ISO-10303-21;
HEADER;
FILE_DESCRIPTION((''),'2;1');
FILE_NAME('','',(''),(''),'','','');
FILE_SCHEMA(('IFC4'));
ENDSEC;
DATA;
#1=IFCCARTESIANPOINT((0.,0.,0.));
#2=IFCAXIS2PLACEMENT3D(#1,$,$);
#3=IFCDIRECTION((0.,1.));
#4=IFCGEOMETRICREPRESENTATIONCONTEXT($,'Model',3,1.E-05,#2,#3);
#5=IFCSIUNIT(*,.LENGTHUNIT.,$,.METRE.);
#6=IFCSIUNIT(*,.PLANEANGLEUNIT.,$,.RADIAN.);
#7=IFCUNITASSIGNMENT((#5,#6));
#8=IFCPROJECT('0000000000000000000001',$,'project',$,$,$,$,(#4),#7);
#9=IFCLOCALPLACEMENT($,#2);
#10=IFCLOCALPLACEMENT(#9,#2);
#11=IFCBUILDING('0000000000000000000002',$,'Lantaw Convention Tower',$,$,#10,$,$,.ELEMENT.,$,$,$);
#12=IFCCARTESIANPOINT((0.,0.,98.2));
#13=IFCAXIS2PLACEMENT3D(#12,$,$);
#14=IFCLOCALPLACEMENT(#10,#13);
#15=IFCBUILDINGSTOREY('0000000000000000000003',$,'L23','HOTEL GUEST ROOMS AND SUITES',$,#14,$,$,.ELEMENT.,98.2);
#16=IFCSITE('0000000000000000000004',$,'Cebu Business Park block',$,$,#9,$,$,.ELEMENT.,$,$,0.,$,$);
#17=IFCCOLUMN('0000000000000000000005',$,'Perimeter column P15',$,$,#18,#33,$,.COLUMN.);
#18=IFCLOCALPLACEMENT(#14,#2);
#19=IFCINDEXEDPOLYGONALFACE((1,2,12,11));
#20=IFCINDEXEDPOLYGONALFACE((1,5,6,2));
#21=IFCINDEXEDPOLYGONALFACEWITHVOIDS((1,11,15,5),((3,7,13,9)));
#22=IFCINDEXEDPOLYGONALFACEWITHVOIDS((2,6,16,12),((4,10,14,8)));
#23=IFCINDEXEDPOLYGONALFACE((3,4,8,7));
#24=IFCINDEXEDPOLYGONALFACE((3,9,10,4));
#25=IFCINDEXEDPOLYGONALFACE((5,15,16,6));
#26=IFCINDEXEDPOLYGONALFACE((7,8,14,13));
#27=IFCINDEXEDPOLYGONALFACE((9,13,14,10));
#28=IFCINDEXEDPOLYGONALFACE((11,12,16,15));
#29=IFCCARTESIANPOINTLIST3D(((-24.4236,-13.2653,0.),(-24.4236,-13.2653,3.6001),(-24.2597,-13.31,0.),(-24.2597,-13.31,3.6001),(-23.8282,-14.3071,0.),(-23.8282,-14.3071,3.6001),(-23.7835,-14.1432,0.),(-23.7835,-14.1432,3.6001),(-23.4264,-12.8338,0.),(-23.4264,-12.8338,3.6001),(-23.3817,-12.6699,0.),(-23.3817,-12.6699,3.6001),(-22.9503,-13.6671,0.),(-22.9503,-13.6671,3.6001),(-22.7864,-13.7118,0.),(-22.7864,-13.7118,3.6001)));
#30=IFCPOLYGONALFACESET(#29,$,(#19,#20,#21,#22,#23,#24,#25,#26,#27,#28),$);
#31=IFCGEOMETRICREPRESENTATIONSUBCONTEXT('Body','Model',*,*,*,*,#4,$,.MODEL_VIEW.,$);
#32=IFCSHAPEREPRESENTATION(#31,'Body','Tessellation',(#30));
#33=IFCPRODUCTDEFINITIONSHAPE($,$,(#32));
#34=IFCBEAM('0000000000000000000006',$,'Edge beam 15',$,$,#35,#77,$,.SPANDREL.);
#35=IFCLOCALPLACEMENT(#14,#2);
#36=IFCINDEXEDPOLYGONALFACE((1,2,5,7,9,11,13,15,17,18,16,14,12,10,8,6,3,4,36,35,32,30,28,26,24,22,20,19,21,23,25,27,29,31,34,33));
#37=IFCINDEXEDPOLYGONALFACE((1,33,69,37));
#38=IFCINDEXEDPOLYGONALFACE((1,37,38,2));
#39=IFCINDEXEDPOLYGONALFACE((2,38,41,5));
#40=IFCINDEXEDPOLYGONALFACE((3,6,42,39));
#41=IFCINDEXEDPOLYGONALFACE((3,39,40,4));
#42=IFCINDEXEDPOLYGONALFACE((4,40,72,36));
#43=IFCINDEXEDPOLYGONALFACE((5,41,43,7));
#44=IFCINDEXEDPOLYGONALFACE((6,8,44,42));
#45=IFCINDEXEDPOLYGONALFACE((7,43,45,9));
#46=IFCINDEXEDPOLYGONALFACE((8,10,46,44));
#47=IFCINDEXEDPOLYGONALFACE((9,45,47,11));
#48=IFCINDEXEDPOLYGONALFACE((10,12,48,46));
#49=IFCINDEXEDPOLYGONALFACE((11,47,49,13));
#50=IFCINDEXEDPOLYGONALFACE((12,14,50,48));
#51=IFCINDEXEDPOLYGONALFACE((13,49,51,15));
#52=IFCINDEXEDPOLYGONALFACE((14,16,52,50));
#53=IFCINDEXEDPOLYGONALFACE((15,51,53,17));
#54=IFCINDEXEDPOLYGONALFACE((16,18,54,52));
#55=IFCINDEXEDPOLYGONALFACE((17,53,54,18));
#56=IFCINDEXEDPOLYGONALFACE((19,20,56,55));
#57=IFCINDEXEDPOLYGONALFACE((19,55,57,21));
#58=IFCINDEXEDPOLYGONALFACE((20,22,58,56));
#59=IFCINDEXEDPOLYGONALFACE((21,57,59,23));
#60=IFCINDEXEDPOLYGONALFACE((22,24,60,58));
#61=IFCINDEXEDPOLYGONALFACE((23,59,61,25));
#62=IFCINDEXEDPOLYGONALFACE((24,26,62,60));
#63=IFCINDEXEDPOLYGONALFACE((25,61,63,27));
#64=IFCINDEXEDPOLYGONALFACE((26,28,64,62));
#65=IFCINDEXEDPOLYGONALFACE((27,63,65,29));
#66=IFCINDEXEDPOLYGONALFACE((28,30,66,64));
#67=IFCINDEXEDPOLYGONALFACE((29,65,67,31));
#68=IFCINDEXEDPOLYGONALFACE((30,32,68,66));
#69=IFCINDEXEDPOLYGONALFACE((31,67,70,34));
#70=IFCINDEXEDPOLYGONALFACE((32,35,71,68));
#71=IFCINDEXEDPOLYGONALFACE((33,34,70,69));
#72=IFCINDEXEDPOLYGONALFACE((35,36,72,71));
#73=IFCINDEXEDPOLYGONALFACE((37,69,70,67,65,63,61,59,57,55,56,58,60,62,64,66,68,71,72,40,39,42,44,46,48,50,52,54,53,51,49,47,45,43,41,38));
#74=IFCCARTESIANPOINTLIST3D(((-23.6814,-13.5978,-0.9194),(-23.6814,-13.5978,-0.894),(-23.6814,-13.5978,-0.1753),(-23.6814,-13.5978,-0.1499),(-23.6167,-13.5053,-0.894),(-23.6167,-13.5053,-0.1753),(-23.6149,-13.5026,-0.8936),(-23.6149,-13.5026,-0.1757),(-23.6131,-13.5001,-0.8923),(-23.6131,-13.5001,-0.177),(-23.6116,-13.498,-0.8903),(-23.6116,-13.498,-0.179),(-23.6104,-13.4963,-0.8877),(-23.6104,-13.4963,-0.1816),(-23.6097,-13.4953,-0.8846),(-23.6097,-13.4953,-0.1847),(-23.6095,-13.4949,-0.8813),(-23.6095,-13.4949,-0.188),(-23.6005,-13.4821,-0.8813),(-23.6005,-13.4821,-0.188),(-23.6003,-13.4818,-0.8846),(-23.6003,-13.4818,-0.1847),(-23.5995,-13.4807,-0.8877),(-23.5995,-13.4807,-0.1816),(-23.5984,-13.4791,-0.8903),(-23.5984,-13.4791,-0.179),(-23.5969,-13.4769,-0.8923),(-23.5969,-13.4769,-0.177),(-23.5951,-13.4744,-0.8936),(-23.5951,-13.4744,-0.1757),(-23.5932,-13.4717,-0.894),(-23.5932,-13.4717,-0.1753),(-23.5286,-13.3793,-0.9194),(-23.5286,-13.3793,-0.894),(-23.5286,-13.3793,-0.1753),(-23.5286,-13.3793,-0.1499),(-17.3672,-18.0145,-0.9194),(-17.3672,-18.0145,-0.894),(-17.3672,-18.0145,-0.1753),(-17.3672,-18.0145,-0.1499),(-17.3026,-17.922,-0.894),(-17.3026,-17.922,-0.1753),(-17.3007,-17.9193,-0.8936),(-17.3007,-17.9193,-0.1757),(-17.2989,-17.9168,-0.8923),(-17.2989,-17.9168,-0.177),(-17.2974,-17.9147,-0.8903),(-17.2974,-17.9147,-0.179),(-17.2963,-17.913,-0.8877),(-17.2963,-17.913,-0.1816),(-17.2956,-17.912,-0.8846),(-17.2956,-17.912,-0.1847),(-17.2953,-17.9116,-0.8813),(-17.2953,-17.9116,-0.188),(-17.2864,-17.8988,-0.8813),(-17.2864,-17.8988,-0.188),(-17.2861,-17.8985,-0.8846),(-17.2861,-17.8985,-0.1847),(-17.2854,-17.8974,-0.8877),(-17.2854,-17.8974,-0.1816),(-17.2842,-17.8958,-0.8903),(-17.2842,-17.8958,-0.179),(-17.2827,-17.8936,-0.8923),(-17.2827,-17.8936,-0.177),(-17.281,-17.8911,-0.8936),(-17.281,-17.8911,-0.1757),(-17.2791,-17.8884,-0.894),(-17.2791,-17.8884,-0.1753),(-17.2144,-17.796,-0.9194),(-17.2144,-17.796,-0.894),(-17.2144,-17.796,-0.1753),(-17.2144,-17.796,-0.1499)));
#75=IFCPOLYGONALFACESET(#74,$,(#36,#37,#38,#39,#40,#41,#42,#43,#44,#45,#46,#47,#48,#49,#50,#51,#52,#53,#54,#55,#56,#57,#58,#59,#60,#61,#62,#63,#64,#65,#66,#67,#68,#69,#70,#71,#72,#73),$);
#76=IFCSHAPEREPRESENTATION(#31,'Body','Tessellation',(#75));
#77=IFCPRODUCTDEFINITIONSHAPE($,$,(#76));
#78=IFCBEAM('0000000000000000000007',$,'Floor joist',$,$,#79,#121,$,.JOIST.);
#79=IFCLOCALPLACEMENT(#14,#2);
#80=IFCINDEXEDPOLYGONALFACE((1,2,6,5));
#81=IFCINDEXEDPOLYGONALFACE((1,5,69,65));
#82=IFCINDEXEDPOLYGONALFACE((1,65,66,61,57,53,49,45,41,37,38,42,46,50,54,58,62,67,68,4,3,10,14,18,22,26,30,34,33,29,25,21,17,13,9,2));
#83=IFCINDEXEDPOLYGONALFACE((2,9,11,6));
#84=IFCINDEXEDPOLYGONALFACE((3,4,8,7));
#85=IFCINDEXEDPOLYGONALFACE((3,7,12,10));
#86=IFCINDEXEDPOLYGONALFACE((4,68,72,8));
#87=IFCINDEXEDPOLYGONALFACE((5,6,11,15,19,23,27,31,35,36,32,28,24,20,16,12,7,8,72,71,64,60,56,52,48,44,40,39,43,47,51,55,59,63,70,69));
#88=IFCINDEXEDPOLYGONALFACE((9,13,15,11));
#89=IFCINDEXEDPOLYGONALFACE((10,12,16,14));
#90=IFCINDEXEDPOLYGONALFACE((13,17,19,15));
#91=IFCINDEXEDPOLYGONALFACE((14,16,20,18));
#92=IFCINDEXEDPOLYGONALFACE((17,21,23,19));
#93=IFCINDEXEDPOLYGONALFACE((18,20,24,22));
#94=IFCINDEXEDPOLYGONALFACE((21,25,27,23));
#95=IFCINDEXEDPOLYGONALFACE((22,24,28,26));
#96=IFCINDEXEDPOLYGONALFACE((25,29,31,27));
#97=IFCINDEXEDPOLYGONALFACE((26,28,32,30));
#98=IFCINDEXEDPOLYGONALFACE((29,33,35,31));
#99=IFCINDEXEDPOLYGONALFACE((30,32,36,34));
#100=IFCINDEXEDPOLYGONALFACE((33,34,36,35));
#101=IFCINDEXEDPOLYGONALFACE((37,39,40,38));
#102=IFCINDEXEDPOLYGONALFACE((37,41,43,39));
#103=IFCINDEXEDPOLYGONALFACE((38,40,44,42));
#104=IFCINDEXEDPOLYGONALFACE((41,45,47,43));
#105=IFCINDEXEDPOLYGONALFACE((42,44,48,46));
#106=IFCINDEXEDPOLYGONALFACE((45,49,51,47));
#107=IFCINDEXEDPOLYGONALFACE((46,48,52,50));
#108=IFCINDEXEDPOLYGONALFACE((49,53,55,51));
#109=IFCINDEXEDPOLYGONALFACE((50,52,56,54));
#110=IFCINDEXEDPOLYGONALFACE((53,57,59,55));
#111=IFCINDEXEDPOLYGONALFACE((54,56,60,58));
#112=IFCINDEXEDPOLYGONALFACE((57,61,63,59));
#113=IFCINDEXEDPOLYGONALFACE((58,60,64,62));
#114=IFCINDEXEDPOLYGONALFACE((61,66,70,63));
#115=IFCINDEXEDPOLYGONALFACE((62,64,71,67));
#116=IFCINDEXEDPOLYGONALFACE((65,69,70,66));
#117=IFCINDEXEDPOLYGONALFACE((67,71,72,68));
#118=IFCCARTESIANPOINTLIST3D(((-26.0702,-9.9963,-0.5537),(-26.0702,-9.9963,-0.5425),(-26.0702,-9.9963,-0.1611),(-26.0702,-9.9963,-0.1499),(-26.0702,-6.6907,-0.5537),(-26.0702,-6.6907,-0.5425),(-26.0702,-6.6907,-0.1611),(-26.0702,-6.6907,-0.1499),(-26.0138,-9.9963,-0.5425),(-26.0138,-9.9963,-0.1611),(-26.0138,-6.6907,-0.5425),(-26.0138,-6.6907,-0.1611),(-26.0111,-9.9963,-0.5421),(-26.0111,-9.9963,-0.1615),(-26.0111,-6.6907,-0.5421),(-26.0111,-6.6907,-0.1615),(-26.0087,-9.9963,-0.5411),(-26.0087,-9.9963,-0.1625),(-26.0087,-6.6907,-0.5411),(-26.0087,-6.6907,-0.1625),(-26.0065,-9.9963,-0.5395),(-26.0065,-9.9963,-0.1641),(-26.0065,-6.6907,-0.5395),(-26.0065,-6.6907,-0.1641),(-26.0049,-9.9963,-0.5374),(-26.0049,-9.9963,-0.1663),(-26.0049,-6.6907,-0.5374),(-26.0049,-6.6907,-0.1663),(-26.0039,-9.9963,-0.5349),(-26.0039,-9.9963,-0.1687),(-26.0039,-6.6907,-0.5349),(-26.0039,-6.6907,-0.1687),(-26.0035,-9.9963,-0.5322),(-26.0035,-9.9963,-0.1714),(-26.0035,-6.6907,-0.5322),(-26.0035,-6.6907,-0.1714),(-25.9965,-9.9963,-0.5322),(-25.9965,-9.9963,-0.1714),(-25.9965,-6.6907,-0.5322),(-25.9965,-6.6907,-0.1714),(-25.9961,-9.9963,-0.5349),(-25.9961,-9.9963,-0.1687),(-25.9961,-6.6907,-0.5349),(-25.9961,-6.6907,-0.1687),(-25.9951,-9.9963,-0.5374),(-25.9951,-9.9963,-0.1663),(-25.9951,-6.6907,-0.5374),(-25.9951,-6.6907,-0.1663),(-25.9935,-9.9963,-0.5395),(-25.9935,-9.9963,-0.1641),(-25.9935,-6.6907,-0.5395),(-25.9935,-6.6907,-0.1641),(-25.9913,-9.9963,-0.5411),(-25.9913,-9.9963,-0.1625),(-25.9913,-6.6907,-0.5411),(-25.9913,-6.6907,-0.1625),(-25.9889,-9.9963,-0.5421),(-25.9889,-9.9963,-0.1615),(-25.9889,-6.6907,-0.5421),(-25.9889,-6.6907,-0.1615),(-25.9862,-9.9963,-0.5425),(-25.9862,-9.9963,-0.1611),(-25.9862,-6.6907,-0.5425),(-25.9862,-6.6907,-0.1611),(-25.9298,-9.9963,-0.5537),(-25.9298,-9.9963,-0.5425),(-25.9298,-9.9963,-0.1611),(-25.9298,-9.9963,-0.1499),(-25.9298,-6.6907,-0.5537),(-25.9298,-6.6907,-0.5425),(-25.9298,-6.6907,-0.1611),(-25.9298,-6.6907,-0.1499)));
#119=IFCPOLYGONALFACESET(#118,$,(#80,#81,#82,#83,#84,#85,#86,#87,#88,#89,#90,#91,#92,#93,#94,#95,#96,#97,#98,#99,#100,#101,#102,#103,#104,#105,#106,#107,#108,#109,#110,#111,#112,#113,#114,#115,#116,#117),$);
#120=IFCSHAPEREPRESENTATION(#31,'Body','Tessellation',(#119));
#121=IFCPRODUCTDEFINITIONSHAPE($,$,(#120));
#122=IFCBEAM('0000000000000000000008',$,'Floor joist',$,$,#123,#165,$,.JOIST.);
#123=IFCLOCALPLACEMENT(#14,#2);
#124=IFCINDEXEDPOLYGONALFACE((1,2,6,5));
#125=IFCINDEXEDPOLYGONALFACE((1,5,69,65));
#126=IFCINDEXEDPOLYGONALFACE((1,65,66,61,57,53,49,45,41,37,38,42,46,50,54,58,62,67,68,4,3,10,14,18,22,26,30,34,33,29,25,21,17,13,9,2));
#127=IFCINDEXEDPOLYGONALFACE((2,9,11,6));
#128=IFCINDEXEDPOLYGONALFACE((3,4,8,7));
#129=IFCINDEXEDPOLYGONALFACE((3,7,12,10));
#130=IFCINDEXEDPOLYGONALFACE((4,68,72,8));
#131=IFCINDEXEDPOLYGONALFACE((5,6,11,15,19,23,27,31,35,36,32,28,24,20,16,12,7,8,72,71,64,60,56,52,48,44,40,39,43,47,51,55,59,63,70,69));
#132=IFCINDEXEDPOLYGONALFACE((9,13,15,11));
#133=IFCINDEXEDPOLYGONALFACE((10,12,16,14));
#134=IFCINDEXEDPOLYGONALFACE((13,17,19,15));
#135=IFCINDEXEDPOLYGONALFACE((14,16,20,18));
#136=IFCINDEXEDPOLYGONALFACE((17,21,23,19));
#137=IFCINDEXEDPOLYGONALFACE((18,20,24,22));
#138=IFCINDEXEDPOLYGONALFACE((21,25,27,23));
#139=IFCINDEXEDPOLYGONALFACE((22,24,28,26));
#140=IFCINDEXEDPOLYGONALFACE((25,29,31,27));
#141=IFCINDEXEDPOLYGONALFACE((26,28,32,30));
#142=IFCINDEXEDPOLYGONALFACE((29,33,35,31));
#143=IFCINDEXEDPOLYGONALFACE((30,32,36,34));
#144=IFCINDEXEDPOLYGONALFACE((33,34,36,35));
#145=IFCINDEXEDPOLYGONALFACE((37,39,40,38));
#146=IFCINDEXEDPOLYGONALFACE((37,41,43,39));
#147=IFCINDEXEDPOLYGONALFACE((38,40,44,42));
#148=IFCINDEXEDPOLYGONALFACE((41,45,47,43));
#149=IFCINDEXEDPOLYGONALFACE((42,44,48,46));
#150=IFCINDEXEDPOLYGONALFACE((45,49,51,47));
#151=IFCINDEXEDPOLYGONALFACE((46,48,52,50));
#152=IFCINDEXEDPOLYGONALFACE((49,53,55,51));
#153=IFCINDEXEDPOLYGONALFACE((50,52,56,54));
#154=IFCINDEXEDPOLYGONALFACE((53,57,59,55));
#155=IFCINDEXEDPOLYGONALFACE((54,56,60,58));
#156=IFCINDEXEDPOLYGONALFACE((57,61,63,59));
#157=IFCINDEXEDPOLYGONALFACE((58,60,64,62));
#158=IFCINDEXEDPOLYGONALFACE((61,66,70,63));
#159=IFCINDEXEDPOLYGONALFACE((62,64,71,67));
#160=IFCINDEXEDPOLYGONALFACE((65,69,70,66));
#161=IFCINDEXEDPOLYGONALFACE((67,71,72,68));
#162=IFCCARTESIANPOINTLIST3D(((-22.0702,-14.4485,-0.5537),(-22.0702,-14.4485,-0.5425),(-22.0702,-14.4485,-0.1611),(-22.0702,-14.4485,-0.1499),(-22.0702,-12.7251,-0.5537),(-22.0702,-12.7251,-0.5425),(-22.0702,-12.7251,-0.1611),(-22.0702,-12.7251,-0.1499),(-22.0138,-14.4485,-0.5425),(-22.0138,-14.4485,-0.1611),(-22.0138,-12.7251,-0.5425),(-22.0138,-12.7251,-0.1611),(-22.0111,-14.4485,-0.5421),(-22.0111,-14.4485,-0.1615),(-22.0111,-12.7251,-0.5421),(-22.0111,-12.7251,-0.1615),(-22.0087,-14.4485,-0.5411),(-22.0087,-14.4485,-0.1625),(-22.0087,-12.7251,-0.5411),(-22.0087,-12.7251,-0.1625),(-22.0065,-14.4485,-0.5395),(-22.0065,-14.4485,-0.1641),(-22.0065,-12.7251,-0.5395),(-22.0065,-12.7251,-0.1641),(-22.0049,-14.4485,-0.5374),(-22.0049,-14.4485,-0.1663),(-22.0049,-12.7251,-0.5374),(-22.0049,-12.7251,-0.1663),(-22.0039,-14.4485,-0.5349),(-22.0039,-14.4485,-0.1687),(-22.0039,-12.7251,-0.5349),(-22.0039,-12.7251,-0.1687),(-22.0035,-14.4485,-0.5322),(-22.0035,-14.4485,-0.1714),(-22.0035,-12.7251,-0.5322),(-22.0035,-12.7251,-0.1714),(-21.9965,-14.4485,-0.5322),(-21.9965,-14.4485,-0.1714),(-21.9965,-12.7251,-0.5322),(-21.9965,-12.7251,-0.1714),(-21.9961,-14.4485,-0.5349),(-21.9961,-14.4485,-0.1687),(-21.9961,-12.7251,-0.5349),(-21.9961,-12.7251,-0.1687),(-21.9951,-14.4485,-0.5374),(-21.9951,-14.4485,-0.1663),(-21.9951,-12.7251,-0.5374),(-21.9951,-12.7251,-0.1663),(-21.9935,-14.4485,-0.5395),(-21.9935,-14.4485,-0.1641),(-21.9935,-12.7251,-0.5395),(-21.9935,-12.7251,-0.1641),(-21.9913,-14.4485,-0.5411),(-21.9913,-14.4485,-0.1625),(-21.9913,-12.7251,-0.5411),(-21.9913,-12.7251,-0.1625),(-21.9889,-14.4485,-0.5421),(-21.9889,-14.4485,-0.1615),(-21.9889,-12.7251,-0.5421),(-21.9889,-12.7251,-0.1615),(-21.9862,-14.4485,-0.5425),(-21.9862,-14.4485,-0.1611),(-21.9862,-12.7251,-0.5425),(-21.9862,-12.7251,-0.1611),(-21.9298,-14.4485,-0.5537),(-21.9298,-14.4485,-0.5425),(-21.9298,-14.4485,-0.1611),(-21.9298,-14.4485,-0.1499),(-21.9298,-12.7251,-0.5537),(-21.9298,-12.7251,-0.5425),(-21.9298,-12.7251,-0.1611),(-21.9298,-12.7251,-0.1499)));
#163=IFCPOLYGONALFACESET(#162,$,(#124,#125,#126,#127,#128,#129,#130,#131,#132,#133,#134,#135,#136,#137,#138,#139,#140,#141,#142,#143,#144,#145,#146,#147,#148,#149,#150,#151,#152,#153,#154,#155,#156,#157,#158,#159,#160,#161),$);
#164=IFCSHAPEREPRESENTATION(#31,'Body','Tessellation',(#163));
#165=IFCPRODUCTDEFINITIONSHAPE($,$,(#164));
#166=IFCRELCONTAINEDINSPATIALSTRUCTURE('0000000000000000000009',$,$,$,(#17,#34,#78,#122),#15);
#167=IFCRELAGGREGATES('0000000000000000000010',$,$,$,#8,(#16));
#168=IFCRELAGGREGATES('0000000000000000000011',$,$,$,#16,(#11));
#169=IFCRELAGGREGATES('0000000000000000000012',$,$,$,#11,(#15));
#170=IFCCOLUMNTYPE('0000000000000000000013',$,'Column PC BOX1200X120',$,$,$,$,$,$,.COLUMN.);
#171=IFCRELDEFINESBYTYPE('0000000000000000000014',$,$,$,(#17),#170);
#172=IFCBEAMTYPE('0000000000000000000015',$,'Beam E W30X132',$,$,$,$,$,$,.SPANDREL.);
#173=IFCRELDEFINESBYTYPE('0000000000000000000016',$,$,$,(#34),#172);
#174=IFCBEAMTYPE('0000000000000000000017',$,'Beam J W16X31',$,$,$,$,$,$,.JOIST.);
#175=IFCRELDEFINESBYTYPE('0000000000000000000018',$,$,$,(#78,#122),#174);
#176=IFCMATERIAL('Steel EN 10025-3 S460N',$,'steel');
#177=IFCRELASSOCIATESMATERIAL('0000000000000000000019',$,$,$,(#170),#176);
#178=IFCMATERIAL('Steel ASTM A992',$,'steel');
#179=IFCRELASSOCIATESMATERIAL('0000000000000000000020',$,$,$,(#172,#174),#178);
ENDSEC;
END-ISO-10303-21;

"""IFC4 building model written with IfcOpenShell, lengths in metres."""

from ifc_helpers import new_model, si_unit, direction, frame, origin, origin_2d, place, context, subcontext, project, spatial, rectangle, hollow_rectangle, i_section, extrude, material, material_profile, profile_set, type_object, element, save


model = new_model("IFC4")

# Units and contexts
model_context = context("Model", 3, precision=1e-05, world=origin(), true_north=direction((0.0, 1.0)))
body_context = subcontext(model_context, "Body", "Model", "MODEL_VIEW")
ifc_project = project(units=[si_unit("LENGTHUNIT", "METRE"), si_unit("PLANEANGLEUNIT", "RADIAN")], contexts=[model_context])

# Site, building, storey
site_placement = place(None, origin())
site = spatial("IfcSite", under=ifc_project, at=site_placement, Name="Cebu Business Park block", CompositionType="ELEMENT", RefElevation=0.0)
building_placement = place(site_placement, origin())
building = spatial("IfcBuilding", under=site, at=building_placement, Name="Lantaw Convention Tower", CompositionType="ELEMENT")
storey_placement = place(building_placement, frame((0.0, 0.0, 98.2)))
storey = spatial("IfcBuildingStorey", under=building, at=storey_placement, Name="L23", Description="HOTEL GUEST ROOMS AND SUITES", CompositionType="ELEMENT", Elevation=98.2)

# Column
ifc_material_1 = material(Name="Steel EN 10025-3 S460N", Category="steel")
ifc_material_profile_1 = material_profile(ifc_material_1, hollow_rectangle(XDim=1.2, YDim=1.2, WallThickness=0.1201, at=origin_2d()), Name="BOX1200X120")
ifc_material_2 = material(Name="Concrete C60/75", Category="concrete")
ifc_material_profile_2 = material_profile(ifc_material_2, rectangle(XDim=0.96, YDim=0.96, at=origin_2d()), Name="Concrete fill of BOX1200X120")
ifc_profile_set_1 = profile_set([ifc_material_profile_1, ifc_material_profile_2], Name="Steel EN 10025-3 S460N")
column_type = type_object("IfcColumnType", Name="Column PC BOX1200X120", PredefinedType="COLUMN", material=ifc_profile_set_1)
column_placement = place(storey_placement, frame((-23.605, -13.4885, 0.0), z_axis=(0.0, 0.0, 1.0), x_axis=(0.868243, 0.496139, 0.0)))
element("IfcColumn", 1, at=column_placement, inside=storey, type_object=column_type, Name="Perimeter column P15", PredefinedType="COLUMN", context=body_context, shape_type="SweptSolid", body=[
    extrude(hollow_rectangle(XDim=1.2, YDim=1.2, WallThickness=0.1201, at=origin_2d()), origin(), (0.0, 0.0, 1.0), 3.6001),
])

# Beams
ifc_material_3 = material(Name="Steel ASTM A992", Category="steel")
ifc_material_profile_3 = material_profile(ifc_material_3, i_section(OverallWidth=0.2666, OverallDepth=0.7695, WebThickness=0.0156, FlangeThickness=0.0254, FilletRadius=0.0127, at=origin_2d()), Name="W30X132")
ifc_profile_set_2 = profile_set([ifc_material_profile_3], Name="Steel ASTM A992")
beam_type_1 = type_object("IfcBeamType", Name="Beam E W30X132", PredefinedType="SPANDREL", material=ifc_profile_set_2)
beam_1_placement = place(storey_placement, frame((-23.605, -13.4885, -0.5347), z_axis=(0.819427, -0.573184, 0.0), x_axis=(0.573184, 0.819427, 0.0)))
element("IfcBeam", 2, at=beam_1_placement, inside=storey, type_object=beam_type_1, Name="Edge beam 15", PredefinedType="SPANDREL", context=body_context, shape_type="SweptSolid", body=[
    extrude(i_section(OverallWidth=0.2666, OverallDepth=0.7695, WebThickness=0.0156, FlangeThickness=0.0254, FilletRadius=0.0127, at=origin_2d()), origin(), (0.0, 0.0, 1.0), 7.7056),
])
ifc_material_profile_4 = material_profile(ifc_material_3, i_section(OverallWidth=0.1404, OverallDepth=0.4038, WebThickness=0.0071, FlangeThickness=0.0112, FilletRadius=0.0103, at=origin_2d()), Name="W16X31")
ifc_profile_set_3 = profile_set([ifc_material_profile_4], Name="Steel ASTM A992")
beam_type_2 = type_object("IfcBeamType", Name="Beam J W16X31", PredefinedType="JOIST", material=ifc_profile_set_3)
beam_2_placement = place(storey_placement, frame((-26.0, -9.9963, -0.3518), z_axis=(0.0, 1.0, 0.0), x_axis=(-1.0, 0.0, 0.0)))
element("IfcBeam", 3, at=beam_2_placement, inside=storey, type_object=beam_type_2, Name="Floor joist", PredefinedType="JOIST", context=body_context, shape_type="SweptSolid", body=[
    extrude(i_section(OverallWidth=0.1404, OverallDepth=0.4038, WebThickness=0.0071, FlangeThickness=0.0112, FilletRadius=0.0103, at=origin_2d()), origin(), (0.0, 0.0, 1.0), 3.3057),
])
beam_3_placement = place(storey_placement, frame((-22.0, -14.4485, -0.3518), z_axis=(0.0, 1.0, 0.0), x_axis=(-1.0, 0.0, 0.0)))
element("IfcBeam", 4, at=beam_3_placement, inside=storey, type_object=beam_type_2, Name="Floor joist", PredefinedType="JOIST", context=body_context, shape_type="SweptSolid", body=[
    extrude(i_section(OverallWidth=0.1404, OverallDepth=0.4038, WebThickness=0.0071, FlangeThickness=0.0112, FilletRadius=0.0103, at=origin_2d()), origin(), (0.0, 0.0, 1.0), 1.7234),
])

save(model, "model.ifc")
